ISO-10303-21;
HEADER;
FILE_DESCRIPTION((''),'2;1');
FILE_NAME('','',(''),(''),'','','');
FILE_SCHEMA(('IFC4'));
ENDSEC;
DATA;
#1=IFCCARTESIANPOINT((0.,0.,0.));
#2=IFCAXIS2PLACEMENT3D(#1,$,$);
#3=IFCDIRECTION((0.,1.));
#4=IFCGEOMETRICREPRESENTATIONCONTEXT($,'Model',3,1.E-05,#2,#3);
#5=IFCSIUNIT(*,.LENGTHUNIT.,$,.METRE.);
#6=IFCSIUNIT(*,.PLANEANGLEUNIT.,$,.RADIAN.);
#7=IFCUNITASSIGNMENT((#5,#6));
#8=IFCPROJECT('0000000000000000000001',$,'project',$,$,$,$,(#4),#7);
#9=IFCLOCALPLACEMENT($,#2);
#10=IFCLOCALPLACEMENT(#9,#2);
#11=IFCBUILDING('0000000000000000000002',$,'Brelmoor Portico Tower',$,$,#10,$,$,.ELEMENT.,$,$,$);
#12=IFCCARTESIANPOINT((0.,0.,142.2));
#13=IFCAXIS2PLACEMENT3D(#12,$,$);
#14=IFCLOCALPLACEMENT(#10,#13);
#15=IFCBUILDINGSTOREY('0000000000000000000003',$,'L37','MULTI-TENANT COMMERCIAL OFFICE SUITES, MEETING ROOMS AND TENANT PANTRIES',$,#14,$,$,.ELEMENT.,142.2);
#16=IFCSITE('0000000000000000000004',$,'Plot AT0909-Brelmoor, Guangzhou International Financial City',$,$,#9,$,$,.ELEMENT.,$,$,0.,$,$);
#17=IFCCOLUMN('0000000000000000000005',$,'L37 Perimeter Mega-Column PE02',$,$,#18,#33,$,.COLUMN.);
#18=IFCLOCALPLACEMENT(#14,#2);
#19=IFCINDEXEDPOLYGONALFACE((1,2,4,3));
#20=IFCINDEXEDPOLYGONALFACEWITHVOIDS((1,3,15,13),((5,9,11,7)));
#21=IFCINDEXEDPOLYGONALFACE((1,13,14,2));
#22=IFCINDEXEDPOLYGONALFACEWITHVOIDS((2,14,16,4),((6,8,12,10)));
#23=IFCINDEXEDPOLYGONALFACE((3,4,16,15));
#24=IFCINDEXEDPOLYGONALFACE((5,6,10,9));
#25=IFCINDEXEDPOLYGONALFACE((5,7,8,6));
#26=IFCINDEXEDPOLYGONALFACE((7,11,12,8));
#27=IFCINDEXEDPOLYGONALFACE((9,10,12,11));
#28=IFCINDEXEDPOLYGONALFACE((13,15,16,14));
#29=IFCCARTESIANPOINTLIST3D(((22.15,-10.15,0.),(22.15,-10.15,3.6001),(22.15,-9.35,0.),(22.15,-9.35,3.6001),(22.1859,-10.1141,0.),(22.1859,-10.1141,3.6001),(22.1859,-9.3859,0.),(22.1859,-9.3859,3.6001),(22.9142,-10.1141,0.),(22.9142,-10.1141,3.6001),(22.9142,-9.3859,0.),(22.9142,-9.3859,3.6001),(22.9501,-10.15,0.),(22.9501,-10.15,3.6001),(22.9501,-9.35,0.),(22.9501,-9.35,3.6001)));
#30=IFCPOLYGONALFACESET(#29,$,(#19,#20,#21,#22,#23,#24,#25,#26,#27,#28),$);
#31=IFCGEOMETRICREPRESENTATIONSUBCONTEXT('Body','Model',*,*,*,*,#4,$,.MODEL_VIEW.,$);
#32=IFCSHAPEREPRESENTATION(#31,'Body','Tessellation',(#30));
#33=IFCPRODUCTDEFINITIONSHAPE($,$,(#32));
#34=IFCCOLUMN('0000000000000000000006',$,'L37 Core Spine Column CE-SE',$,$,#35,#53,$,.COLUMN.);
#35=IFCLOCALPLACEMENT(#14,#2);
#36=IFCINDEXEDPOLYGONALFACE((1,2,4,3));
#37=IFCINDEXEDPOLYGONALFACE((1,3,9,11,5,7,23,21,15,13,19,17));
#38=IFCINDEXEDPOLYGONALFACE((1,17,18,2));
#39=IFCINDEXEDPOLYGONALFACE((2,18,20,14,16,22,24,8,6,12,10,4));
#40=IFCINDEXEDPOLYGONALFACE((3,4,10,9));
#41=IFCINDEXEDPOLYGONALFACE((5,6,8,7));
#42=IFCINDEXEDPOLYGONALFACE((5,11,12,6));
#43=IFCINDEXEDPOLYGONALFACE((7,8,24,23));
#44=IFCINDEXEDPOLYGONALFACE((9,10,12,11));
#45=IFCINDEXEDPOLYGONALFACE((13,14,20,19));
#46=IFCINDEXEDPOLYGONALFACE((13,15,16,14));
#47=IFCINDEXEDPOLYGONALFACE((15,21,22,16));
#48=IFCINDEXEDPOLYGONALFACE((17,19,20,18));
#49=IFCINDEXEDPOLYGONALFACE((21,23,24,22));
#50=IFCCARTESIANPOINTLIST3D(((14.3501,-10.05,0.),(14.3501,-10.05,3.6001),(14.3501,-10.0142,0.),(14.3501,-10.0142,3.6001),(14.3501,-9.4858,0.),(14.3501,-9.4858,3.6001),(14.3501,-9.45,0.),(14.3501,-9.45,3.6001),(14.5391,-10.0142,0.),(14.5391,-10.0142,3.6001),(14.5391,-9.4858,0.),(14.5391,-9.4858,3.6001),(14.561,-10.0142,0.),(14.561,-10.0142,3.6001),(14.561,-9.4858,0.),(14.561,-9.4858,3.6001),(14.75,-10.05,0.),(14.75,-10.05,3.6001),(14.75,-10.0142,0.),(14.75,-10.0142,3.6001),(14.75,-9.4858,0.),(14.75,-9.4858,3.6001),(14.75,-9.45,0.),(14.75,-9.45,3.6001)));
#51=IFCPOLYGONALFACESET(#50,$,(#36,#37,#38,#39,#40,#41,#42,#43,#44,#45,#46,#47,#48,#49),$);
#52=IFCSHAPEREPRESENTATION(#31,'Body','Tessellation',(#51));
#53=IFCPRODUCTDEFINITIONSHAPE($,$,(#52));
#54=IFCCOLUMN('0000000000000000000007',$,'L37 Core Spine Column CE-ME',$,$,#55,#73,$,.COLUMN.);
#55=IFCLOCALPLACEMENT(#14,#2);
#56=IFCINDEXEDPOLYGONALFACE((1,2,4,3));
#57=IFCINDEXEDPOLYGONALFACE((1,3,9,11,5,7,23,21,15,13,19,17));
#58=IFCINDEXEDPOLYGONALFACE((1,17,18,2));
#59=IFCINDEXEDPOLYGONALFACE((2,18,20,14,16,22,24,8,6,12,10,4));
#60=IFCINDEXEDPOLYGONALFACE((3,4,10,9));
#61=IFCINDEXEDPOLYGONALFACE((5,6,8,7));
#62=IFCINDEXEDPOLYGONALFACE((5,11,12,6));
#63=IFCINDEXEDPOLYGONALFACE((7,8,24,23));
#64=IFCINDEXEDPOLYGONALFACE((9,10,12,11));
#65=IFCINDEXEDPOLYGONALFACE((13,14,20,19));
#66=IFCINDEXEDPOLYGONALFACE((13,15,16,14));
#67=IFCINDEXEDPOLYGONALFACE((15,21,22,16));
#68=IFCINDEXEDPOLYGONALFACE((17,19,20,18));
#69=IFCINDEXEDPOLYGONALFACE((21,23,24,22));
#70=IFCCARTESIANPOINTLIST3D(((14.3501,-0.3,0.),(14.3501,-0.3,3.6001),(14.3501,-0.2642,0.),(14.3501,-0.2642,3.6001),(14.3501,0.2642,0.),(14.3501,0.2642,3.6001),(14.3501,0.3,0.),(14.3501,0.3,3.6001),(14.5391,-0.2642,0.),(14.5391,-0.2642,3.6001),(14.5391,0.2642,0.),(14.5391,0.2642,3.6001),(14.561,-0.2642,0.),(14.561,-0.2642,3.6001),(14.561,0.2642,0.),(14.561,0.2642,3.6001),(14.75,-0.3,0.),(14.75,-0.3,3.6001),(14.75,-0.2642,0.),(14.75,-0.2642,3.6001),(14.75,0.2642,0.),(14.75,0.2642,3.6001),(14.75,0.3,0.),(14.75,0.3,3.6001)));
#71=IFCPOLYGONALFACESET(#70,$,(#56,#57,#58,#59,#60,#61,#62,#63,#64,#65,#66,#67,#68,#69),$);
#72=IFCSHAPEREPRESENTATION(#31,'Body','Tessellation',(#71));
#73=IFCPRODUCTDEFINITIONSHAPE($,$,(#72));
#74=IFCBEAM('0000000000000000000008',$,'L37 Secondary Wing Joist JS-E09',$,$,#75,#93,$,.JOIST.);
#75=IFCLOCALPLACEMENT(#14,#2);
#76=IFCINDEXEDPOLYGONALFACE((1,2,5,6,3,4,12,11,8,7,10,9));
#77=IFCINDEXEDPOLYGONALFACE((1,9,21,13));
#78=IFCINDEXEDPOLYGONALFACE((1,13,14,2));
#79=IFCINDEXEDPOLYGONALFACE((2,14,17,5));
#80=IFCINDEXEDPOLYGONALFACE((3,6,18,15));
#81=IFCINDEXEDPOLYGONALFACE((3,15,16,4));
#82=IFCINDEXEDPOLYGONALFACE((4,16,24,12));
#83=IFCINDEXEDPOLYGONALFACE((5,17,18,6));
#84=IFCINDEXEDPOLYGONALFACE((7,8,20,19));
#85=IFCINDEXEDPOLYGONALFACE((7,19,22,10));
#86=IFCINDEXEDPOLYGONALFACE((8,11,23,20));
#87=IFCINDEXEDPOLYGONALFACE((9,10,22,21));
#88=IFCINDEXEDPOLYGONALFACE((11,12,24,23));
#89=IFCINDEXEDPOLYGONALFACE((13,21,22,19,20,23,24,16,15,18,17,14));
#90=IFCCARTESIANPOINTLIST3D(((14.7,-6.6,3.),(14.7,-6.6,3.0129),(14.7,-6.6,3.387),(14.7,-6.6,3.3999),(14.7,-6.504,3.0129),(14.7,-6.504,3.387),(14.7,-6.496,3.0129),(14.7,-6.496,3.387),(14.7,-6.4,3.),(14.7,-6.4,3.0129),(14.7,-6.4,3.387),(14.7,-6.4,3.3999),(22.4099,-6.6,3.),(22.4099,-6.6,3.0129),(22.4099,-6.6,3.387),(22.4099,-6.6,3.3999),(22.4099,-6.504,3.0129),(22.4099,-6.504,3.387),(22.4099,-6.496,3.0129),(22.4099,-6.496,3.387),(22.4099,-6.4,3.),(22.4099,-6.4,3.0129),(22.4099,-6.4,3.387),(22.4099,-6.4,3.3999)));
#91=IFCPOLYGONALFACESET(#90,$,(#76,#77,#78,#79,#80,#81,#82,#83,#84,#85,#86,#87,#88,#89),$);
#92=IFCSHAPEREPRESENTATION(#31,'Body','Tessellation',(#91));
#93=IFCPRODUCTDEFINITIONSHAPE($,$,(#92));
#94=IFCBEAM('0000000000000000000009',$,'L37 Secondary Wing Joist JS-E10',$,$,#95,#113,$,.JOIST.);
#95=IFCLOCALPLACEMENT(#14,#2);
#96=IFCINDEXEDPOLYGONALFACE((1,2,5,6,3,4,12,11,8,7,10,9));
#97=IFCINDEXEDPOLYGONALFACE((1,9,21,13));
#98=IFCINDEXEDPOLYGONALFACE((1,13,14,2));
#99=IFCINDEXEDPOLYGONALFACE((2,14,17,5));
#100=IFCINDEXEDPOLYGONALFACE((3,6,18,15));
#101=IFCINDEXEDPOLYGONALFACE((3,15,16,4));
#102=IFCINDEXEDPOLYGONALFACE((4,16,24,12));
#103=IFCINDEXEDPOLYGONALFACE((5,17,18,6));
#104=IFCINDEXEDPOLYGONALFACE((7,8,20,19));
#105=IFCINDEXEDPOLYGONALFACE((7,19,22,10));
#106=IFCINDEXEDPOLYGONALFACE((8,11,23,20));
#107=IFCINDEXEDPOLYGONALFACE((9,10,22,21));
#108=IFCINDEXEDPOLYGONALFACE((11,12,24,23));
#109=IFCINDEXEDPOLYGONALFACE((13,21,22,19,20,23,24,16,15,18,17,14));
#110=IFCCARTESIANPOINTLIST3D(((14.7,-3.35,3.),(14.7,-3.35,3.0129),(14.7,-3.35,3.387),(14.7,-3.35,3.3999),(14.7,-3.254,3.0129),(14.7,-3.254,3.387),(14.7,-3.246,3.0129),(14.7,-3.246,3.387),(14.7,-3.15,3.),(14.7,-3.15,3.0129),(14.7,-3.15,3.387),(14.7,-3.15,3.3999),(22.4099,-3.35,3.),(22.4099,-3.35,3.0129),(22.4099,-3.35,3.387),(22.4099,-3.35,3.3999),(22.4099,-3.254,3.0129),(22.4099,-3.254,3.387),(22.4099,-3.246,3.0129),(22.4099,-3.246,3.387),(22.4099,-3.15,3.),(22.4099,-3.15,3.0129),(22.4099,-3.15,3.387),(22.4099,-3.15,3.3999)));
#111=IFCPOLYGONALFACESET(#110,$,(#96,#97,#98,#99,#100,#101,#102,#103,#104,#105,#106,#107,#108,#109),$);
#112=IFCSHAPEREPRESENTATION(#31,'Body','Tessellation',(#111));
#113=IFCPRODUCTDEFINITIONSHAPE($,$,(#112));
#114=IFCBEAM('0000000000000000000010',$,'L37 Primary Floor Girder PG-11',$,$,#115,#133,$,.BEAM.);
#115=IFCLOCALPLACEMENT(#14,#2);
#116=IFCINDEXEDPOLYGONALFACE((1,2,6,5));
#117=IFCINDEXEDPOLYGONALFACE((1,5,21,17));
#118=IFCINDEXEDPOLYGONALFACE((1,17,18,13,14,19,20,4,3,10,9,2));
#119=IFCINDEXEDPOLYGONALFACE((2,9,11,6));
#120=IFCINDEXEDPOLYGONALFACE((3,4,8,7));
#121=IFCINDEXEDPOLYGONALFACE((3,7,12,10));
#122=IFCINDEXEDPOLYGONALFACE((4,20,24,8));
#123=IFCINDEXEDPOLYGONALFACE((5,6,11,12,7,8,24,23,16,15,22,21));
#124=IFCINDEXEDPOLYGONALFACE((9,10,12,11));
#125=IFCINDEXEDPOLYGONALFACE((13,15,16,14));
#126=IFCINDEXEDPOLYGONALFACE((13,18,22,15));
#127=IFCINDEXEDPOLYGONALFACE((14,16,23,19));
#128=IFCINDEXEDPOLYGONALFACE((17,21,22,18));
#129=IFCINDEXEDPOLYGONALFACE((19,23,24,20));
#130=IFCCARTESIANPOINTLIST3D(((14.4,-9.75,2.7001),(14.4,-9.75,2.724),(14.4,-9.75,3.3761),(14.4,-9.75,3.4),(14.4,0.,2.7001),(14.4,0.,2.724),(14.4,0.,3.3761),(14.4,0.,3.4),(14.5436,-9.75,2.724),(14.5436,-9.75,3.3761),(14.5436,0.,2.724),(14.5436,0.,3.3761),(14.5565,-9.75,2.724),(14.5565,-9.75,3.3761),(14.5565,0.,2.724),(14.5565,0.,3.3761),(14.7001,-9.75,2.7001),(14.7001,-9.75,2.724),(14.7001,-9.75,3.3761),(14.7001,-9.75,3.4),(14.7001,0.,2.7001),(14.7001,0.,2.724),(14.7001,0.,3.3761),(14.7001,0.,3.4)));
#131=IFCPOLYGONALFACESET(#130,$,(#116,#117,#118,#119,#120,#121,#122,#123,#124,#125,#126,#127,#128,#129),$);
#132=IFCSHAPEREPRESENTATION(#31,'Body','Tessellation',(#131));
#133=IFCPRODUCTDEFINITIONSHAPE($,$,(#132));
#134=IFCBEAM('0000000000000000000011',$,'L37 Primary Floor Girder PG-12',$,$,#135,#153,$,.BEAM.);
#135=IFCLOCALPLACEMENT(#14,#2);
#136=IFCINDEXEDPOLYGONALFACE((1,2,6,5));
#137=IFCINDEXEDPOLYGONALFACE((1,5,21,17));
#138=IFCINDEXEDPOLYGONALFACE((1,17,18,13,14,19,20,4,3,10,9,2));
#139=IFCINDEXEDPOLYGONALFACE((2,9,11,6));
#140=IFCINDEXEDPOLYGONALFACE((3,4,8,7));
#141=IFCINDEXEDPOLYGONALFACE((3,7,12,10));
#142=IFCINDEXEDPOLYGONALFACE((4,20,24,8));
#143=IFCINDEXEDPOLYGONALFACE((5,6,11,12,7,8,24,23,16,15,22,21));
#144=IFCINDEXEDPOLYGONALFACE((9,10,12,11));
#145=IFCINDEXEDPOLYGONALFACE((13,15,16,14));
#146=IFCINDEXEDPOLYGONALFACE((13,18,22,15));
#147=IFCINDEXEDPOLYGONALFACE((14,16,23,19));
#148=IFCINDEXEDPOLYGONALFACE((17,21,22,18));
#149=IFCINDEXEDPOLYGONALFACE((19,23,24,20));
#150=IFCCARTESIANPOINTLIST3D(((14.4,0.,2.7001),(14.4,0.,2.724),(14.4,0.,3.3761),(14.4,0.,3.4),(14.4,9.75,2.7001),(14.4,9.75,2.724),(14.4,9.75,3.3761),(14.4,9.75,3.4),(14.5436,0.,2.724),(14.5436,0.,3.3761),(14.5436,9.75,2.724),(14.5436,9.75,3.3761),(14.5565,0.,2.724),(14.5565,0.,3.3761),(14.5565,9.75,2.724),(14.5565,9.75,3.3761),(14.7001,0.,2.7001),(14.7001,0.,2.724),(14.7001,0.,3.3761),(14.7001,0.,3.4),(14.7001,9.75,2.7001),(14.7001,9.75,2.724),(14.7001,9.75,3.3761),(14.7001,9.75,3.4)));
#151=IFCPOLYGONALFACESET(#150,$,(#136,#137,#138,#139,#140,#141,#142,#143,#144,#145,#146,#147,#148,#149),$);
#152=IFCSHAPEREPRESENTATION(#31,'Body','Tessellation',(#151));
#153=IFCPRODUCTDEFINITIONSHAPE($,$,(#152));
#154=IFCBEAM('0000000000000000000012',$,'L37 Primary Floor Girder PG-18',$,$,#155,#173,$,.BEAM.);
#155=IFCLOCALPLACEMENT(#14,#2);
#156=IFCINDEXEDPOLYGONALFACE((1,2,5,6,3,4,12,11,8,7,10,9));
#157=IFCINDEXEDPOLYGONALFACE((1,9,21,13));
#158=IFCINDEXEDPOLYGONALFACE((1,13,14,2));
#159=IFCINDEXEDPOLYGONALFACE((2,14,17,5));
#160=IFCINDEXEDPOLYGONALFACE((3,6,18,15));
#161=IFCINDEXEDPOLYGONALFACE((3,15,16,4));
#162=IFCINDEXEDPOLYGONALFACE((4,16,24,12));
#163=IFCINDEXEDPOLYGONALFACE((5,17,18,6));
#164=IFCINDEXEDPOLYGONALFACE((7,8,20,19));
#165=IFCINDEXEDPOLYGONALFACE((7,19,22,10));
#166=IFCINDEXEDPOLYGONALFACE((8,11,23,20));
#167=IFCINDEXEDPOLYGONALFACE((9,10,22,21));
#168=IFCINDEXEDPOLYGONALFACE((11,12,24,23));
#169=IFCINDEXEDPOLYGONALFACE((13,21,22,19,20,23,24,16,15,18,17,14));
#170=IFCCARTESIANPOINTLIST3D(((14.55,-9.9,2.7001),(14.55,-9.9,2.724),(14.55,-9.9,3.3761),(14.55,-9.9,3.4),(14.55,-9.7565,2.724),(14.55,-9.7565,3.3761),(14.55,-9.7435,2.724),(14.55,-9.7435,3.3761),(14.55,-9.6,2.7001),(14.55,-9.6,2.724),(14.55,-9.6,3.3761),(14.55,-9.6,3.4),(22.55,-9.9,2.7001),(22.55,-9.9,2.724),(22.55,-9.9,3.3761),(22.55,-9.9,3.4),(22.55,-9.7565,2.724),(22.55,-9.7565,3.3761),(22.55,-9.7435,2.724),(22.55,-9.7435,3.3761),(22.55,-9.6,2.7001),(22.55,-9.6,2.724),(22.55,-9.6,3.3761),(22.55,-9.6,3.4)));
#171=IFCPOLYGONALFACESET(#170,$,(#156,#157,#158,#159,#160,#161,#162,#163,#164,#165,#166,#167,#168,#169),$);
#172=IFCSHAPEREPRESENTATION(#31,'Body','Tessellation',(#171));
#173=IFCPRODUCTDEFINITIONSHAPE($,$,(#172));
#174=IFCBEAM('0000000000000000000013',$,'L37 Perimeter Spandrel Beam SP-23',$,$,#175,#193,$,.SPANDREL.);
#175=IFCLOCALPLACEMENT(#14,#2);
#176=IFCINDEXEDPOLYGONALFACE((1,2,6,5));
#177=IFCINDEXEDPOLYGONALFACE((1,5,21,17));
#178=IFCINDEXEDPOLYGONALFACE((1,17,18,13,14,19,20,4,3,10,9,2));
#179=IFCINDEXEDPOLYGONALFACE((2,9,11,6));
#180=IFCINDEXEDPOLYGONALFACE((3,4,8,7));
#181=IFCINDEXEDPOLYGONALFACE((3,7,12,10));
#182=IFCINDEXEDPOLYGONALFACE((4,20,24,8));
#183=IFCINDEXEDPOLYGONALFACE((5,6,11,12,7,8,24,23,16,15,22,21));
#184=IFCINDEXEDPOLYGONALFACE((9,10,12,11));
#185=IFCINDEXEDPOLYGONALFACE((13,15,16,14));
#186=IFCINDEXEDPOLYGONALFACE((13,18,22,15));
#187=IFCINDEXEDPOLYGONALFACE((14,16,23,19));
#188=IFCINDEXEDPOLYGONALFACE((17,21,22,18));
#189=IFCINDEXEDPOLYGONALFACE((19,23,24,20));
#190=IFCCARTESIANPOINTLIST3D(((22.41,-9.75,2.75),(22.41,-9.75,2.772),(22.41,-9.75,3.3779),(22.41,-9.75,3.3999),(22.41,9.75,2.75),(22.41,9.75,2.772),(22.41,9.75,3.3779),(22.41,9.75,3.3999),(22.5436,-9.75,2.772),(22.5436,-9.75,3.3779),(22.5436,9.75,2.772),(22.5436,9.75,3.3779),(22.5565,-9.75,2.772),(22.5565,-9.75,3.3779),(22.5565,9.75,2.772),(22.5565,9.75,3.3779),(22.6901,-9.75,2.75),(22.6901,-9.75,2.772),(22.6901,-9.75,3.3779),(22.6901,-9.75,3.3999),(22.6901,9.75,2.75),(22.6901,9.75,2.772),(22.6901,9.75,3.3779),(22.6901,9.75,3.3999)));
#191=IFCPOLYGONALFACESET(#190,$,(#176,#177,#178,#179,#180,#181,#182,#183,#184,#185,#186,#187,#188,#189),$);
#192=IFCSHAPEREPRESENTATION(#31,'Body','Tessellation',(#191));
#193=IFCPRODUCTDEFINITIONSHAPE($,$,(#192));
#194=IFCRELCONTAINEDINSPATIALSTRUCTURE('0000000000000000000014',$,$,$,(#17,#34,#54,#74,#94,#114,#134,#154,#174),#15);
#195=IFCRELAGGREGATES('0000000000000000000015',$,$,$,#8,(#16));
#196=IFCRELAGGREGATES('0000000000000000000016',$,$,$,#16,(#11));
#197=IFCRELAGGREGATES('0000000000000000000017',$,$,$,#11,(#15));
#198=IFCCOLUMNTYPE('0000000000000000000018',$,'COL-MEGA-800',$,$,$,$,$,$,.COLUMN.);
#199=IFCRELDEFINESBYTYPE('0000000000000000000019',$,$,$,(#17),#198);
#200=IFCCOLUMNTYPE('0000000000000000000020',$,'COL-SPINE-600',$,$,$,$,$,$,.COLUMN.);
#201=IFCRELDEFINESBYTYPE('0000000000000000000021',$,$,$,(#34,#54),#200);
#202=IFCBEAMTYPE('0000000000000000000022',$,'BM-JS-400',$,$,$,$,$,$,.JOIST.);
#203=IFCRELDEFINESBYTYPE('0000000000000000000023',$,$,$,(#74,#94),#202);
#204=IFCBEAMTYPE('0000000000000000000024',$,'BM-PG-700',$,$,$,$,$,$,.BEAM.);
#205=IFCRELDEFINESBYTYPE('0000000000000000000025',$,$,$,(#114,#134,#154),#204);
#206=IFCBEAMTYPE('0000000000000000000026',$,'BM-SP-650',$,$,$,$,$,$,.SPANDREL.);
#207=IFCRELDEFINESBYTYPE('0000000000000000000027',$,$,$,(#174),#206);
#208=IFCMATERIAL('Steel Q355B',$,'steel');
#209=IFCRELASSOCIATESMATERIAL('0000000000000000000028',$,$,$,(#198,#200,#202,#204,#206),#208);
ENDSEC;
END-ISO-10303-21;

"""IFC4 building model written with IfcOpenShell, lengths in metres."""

from ifc_helpers import new_model, si_unit, direction, frame, origin, origin_2d, place, context, subcontext, project, spatial, hollow_rectangle, i_section, extrude, material, material_profile, profile_set, type_object, element, save


model = new_model("IFC4")

# Units and contexts
model_context = context("Model", 3, precision=1e-05, world=origin(), true_north=direction((0.0, 1.0)))
body_context = subcontext(model_context, "Body", "Model", "MODEL_VIEW")
ifc_project = project(units=[si_unit("LENGTHUNIT", "METRE"), si_unit("PLANEANGLEUNIT", "RADIAN")], contexts=[model_context])

# Site, building, storey
site_placement = place(None, origin())
site = spatial("IfcSite", under=ifc_project, at=site_placement, Name="Plot AT0909-Brelmoor, Guangzhou International Financial City", CompositionType="ELEMENT", RefElevation=0.0)
building_placement = place(site_placement, origin())
building = spatial("IfcBuilding", under=site, at=building_placement, Name="Brelmoor Portico Tower", CompositionType="ELEMENT")
storey_placement = place(building_placement, frame((0.0, 0.0, 142.2)))
storey = spatial("IfcBuildingStorey", under=building, at=storey_placement, Name="L37", Description="MULTI-TENANT COMMERCIAL OFFICE SUITES, MEETING ROOMS AND TENANT PANTRIES", CompositionType="ELEMENT", Elevation=142.2)

# Columns
ifc_material_1 = material(Name="Steel Q355B", Category="steel")
ifc_material_profile_1 = material_profile(ifc_material_1, hollow_rectangle(XDim=0.8, YDim=0.8, WallThickness=0.0359, at=origin_2d()), Name="BOX 800x800x36")
ifc_profile_set_1 = profile_set([ifc_material_profile_1], Name="Steel Q355B")
column_type_1 = type_object("IfcColumnType", Name="COL-MEGA-800", PredefinedType="COLUMN", material=ifc_profile_set_1)
column_placement = place(storey_placement, frame((22.55, -9.75, 0.0), z_axis=(0.0, 0.0, 1.0), x_axis=(0.0, 1.0, 0.0)))
element("IfcColumn", 1, at=column_placement, inside=storey, type_object=column_type_1, Name="L37 Perimeter Mega-Column PE02", PredefinedType="COLUMN", context=body_context, shape_type="SweptSolid", body=[
    extrude(hollow_rectangle(XDim=0.8, YDim=0.8, WallThickness=0.0359, at=origin_2d()), origin(), (0.0, 0.0, 1.0), 3.6001),
])
ifc_material_profile_2 = material_profile(ifc_material_1, i_section(OverallWidth=0.3999, OverallDepth=0.6001, WebThickness=0.022, FlangeThickness=0.0359, at=origin_2d()), Name="HW 600x400x22x36")
ifc_profile_set_2 = profile_set([ifc_material_profile_2], Name="Steel Q355B")
column_type_2 = type_object("IfcColumnType", Name="COL-SPINE-600", PredefinedType="COLUMN", material=ifc_profile_set_2)
for number, where, z_axis, x_axis, name in (
    (2, (14.55, -9.75, 0.0), (0.0, 0.0, 1.0), (1.0, 0.0, 0.0), "L37 Core Spine Column CE-SE"),
    (3, (14.55, 0.0, 0.0), (0.0, 0.0, 1.0), (1.0, 0.0, 0.0), "L37 Core Spine Column CE-ME"),
):
    element("IfcColumn", number, at=place(storey_placement, frame(where, z_axis=z_axis, x_axis=x_axis)), inside=storey, type_object=column_type_2, Name=name, PredefinedType="COLUMN", context=body_context, shape_type="SweptSolid", body=[
        extrude(i_section(OverallWidth=0.3999, OverallDepth=0.6001, WebThickness=0.022, FlangeThickness=0.0359, at=origin_2d()), origin(), (0.0, 0.0, 1.0), 3.6001),
    ])

# Beams
ifc_material_profile_3 = material_profile(ifc_material_1, i_section(OverallWidth=0.2, OverallDepth=0.3999, WebThickness=0.0081, FlangeThickness=0.0129, at=origin_2d()), Name="HN 400x200x8x13")
ifc_profile_set_3 = profile_set([ifc_material_profile_3], Name="Steel Q355B")
beam_type_1 = type_object("IfcBeamType", Name="BM-JS-400", PredefinedType="JOIST", material=ifc_profile_set_3)
for number, where, z_axis, x_axis, name in (
    (4, (14.7, -6.5, 3.2), (1.0, 0.0, 0.0), (0.0, 1.0, 0.0), "L37 Secondary Wing Joist JS-E09"),
    (5, (14.7, -3.25, 3.2), (1.0, 0.0, 0.0), (0.0, 1.0, 0.0), "L37 Secondary Wing Joist JS-E10"),
):
    element("IfcBeam", number, at=place(storey_placement, frame(where, z_axis=z_axis, x_axis=x_axis)), inside=storey, type_object=beam_type_1, Name=name, PredefinedType="JOIST", context=body_context, shape_type="SweptSolid", body=[
        extrude(i_section(OverallWidth=0.2, OverallDepth=0.3999, WebThickness=0.0081, FlangeThickness=0.0129, at=origin_2d()), origin(), (0.0, 0.0, 1.0), 7.71),
    ])
ifc_material_profile_4 = material_profile(ifc_material_1, i_section(OverallWidth=0.3, OverallDepth=0.7, WebThickness=0.0129, FlangeThickness=0.0239, at=origin_2d()), Name="HN 700x300x13x24")
ifc_profile_set_4 = profile_set([ifc_material_profile_4], Name="Steel Q355B")
beam_type_2 = type_object("IfcBeamType", Name="BM-PG-700", PredefinedType="BEAM", material=ifc_profile_set_4)
for number, where, z_axis, x_axis, name in (
    (6, (14.55, -9.75, 3.05), (0.0, 1.0, 0.0), (-1.0, 0.0, 0.0), "L37 Primary Floor Girder PG-11"),
    (7, (14.55, 0.0, 3.05), (0.0, 1.0, 0.0), (-1.0, 0.0, 0.0), "L37 Primary Floor Girder PG-12"),
):
    element("IfcBeam", number, at=place(storey_placement, frame(where, z_axis=z_axis, x_axis=x_axis)), inside=storey, type_object=beam_type_2, Name=name, PredefinedType="BEAM", context=body_context, shape_type="SweptSolid", body=[
        extrude(i_section(OverallWidth=0.3, OverallDepth=0.7, WebThickness=0.0129, FlangeThickness=0.0239, at=origin_2d()), origin(), (0.0, 0.0, 1.0), 9.75),
    ])
beam_1_placement = place(storey_placement, frame((14.55, -9.75, 3.05), z_axis=(1.0, 0.0, 0.0), x_axis=(0.0, 1.0, 0.0)))
element("IfcBeam", 8, at=beam_1_placement, inside=storey, type_object=beam_type_2, Name="L37 Primary Floor Girder PG-18", PredefinedType="BEAM", context=body_context, shape_type="SweptSolid", body=[
    extrude(i_section(OverallWidth=0.3, OverallDepth=0.7, WebThickness=0.0129, FlangeThickness=0.0239, at=origin_2d()), origin(), (0.0, 0.0, 1.0), 8.0),
])
ifc_material_profile_5 = material_profile(ifc_material_1, i_section(OverallWidth=0.28, OverallDepth=0.6499, WebThickness=0.0129, FlangeThickness=0.022, at=origin_2d()), Name="HN 650x280x13x22")
ifc_profile_set_5 = profile_set([ifc_material_profile_5], Name="Steel Q355B")
beam_type_3 = type_object("IfcBeamType", Name="BM-SP-650", PredefinedType="SPANDREL", material=ifc_profile_set_5)
beam_2_placement = place(storey_placement, frame((22.55, -9.75, 3.075), z_axis=(0.0, 1.0, 0.0), x_axis=(-1.0, 0.0, 0.0)))
element("IfcBeam", 9, at=beam_2_placement, inside=storey, type_object=beam_type_3, Name="L37 Perimeter Spandrel Beam SP-23", PredefinedType="SPANDREL", context=body_context, shape_type="SweptSolid", body=[
    extrude(i_section(OverallWidth=0.28, OverallDepth=0.6499, WebThickness=0.0129, FlangeThickness=0.022, at=origin_2d()), origin(), (0.0, 0.0, 1.0), 19.5),
])

save(model, "model.ifc")
